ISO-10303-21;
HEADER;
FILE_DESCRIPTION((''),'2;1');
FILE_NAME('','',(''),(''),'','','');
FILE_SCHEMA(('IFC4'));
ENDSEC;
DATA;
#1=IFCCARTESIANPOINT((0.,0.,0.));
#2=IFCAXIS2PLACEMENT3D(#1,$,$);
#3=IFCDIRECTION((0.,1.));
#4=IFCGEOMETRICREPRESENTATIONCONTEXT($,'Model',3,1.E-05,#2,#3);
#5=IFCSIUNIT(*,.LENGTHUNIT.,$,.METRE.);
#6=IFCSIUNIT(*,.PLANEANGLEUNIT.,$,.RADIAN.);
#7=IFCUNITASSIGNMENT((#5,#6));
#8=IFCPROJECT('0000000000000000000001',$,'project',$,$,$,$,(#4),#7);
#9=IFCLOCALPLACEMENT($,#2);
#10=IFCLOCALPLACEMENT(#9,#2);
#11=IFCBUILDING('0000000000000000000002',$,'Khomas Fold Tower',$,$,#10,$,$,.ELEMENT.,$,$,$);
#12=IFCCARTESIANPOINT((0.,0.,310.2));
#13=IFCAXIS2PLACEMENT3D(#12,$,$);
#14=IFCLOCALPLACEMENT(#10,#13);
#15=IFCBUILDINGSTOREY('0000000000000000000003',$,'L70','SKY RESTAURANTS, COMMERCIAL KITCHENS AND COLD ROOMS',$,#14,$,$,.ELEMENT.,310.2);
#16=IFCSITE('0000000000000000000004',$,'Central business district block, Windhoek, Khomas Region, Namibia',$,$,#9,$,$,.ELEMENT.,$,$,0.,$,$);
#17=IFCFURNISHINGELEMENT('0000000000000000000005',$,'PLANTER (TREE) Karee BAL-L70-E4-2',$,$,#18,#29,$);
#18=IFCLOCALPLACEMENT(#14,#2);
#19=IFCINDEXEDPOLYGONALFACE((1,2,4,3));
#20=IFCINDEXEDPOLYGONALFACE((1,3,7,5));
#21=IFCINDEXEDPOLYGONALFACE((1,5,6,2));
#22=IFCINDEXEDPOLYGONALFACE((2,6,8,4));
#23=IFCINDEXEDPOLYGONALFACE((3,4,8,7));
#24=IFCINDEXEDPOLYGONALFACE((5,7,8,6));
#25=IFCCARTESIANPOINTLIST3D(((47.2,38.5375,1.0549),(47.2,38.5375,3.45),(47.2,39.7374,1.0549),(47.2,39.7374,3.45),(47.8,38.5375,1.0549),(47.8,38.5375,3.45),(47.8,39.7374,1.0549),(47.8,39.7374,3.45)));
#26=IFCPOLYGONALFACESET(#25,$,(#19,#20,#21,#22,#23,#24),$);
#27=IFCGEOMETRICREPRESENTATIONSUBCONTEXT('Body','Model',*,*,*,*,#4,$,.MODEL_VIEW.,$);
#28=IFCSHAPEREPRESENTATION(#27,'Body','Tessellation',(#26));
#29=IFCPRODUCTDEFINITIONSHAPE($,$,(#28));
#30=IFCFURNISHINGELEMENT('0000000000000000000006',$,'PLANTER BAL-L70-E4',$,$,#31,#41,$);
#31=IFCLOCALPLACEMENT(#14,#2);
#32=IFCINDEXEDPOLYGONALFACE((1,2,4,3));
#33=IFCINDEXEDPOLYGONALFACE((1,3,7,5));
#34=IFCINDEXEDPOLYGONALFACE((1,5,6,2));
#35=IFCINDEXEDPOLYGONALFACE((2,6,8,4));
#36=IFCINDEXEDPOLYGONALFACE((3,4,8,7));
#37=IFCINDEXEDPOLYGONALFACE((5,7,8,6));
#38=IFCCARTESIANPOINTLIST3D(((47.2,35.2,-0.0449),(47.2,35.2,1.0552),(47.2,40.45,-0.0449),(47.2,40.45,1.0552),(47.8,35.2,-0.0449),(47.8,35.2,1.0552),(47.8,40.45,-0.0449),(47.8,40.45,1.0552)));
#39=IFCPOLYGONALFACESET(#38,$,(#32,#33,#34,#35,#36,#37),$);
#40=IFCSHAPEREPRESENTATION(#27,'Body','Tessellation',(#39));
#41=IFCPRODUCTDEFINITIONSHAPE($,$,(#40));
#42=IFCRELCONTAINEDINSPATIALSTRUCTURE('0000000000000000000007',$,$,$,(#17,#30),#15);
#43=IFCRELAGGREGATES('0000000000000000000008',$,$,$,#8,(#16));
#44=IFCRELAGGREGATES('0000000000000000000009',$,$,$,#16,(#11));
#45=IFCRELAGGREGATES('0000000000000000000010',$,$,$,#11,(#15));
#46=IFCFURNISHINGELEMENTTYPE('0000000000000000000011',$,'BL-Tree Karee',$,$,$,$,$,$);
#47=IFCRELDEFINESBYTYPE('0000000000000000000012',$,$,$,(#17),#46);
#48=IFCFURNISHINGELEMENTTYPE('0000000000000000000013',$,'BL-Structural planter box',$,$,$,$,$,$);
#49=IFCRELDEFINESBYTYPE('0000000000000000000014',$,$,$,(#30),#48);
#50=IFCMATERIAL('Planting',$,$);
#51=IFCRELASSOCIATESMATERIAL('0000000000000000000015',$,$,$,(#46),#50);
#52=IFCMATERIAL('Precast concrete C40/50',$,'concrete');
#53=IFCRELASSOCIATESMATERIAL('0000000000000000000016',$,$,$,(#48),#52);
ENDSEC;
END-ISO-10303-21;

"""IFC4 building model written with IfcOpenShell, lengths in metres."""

from ifc_helpers import new_model, si_unit, direction, frame, origin, origin_2d, place, context, subcontext, project, spatial, rectangle, extrude, source, transform, mapped, material, type_object, element, save


model = new_model("IFC4")

# Units and contexts
model_context = context("Model", 3, precision=1e-05, world=origin(), true_north=direction((0.0, 1.0)))
body_context = subcontext(model_context, "Body", "Model", "MODEL_VIEW")
ifc_project = project(units=[si_unit("LENGTHUNIT", "METRE"), si_unit("PLANEANGLEUNIT", "RADIAN")], contexts=[model_context])

# Site, building, storey
site_placement = place(None, origin())
site = spatial("IfcSite", under=ifc_project, at=site_placement, Name="Central business district block, Windhoek, Khomas Region, Namibia", CompositionType="ELEMENT", RefElevation=0.0)
building_placement = place(site_placement, origin())
building = spatial("IfcBuilding", under=site, at=building_placement, Name="Khomas Fold Tower", CompositionType="ELEMENT")
storey_placement = place(building_placement, frame((0.0, 0.0, 310.2)))
storey = spatial("IfcBuildingStorey", under=building, at=storey_placement, Name="L70", Description="SKY RESTAURANTS, COMMERCIAL KITCHENS AND COLD ROOMS", CompositionType="ELEMENT", Elevation=310.2)

# Furnishing elements
shared_shape_1 = source(origin(), body_context, "Body", "SweptSolid", [
    extrude(rectangle(XDim=1.2, YDim=0.6001, at=origin_2d()), origin(), (0.0, 0.0, 1.0), 2.395),
])
ifc_material_1 = material(Name="Planting")
furnishing_element_type_1 = type_object("IfcFurnishingElementType", Name="BL-Tree Karee", material=ifc_material_1)
furnishing_1_placement = place(storey_placement, frame((47.5, 39.1375, 1.0549), z_axis=(0.0, 0.0, 1.0), x_axis=(0.0, 1.0, 0.0)))
element("IfcFurnishingElement", 1, at=furnishing_1_placement, inside=storey, type_object=furnishing_element_type_1, Name="PLANTER (TREE) Karee BAL-L70-E4-2", context=body_context, shape_type="MappedRepresentation", body=[
    mapped(shared_shape_1, transform((0.0, 0.0, 0.0))),
])
ifc_material_2 = material(Name="Precast concrete C40/50", Category="concrete")
furnishing_element_type_2 = type_object("IfcFurnishingElementType", Name="BL-Structural planter box", material=ifc_material_2)
shared_shape_2 = source(origin(), body_context, "Body", "SweptSolid", [
    extrude(rectangle(XDim=5.25, YDim=0.6001, at=origin_2d()), origin(), (0.0, 0.0, 1.0), 1.1001),
])
furnishing_2_placement = place(storey_placement, frame((47.5, 37.825, -0.0449), z_axis=(0.0, 0.0, 1.0), x_axis=(0.0, 1.0, 0.0)))
element("IfcFurnishingElement", 2, at=furnishing_2_placement, inside=storey, type_object=furnishing_element_type_2, Name="PLANTER BAL-L70-E4", context=body_context, shape_type="MappedRepresentation", body=[
    mapped(shared_shape_2, transform((0.0, 0.0, 0.0))),
])

save(model, "model.ifc")
